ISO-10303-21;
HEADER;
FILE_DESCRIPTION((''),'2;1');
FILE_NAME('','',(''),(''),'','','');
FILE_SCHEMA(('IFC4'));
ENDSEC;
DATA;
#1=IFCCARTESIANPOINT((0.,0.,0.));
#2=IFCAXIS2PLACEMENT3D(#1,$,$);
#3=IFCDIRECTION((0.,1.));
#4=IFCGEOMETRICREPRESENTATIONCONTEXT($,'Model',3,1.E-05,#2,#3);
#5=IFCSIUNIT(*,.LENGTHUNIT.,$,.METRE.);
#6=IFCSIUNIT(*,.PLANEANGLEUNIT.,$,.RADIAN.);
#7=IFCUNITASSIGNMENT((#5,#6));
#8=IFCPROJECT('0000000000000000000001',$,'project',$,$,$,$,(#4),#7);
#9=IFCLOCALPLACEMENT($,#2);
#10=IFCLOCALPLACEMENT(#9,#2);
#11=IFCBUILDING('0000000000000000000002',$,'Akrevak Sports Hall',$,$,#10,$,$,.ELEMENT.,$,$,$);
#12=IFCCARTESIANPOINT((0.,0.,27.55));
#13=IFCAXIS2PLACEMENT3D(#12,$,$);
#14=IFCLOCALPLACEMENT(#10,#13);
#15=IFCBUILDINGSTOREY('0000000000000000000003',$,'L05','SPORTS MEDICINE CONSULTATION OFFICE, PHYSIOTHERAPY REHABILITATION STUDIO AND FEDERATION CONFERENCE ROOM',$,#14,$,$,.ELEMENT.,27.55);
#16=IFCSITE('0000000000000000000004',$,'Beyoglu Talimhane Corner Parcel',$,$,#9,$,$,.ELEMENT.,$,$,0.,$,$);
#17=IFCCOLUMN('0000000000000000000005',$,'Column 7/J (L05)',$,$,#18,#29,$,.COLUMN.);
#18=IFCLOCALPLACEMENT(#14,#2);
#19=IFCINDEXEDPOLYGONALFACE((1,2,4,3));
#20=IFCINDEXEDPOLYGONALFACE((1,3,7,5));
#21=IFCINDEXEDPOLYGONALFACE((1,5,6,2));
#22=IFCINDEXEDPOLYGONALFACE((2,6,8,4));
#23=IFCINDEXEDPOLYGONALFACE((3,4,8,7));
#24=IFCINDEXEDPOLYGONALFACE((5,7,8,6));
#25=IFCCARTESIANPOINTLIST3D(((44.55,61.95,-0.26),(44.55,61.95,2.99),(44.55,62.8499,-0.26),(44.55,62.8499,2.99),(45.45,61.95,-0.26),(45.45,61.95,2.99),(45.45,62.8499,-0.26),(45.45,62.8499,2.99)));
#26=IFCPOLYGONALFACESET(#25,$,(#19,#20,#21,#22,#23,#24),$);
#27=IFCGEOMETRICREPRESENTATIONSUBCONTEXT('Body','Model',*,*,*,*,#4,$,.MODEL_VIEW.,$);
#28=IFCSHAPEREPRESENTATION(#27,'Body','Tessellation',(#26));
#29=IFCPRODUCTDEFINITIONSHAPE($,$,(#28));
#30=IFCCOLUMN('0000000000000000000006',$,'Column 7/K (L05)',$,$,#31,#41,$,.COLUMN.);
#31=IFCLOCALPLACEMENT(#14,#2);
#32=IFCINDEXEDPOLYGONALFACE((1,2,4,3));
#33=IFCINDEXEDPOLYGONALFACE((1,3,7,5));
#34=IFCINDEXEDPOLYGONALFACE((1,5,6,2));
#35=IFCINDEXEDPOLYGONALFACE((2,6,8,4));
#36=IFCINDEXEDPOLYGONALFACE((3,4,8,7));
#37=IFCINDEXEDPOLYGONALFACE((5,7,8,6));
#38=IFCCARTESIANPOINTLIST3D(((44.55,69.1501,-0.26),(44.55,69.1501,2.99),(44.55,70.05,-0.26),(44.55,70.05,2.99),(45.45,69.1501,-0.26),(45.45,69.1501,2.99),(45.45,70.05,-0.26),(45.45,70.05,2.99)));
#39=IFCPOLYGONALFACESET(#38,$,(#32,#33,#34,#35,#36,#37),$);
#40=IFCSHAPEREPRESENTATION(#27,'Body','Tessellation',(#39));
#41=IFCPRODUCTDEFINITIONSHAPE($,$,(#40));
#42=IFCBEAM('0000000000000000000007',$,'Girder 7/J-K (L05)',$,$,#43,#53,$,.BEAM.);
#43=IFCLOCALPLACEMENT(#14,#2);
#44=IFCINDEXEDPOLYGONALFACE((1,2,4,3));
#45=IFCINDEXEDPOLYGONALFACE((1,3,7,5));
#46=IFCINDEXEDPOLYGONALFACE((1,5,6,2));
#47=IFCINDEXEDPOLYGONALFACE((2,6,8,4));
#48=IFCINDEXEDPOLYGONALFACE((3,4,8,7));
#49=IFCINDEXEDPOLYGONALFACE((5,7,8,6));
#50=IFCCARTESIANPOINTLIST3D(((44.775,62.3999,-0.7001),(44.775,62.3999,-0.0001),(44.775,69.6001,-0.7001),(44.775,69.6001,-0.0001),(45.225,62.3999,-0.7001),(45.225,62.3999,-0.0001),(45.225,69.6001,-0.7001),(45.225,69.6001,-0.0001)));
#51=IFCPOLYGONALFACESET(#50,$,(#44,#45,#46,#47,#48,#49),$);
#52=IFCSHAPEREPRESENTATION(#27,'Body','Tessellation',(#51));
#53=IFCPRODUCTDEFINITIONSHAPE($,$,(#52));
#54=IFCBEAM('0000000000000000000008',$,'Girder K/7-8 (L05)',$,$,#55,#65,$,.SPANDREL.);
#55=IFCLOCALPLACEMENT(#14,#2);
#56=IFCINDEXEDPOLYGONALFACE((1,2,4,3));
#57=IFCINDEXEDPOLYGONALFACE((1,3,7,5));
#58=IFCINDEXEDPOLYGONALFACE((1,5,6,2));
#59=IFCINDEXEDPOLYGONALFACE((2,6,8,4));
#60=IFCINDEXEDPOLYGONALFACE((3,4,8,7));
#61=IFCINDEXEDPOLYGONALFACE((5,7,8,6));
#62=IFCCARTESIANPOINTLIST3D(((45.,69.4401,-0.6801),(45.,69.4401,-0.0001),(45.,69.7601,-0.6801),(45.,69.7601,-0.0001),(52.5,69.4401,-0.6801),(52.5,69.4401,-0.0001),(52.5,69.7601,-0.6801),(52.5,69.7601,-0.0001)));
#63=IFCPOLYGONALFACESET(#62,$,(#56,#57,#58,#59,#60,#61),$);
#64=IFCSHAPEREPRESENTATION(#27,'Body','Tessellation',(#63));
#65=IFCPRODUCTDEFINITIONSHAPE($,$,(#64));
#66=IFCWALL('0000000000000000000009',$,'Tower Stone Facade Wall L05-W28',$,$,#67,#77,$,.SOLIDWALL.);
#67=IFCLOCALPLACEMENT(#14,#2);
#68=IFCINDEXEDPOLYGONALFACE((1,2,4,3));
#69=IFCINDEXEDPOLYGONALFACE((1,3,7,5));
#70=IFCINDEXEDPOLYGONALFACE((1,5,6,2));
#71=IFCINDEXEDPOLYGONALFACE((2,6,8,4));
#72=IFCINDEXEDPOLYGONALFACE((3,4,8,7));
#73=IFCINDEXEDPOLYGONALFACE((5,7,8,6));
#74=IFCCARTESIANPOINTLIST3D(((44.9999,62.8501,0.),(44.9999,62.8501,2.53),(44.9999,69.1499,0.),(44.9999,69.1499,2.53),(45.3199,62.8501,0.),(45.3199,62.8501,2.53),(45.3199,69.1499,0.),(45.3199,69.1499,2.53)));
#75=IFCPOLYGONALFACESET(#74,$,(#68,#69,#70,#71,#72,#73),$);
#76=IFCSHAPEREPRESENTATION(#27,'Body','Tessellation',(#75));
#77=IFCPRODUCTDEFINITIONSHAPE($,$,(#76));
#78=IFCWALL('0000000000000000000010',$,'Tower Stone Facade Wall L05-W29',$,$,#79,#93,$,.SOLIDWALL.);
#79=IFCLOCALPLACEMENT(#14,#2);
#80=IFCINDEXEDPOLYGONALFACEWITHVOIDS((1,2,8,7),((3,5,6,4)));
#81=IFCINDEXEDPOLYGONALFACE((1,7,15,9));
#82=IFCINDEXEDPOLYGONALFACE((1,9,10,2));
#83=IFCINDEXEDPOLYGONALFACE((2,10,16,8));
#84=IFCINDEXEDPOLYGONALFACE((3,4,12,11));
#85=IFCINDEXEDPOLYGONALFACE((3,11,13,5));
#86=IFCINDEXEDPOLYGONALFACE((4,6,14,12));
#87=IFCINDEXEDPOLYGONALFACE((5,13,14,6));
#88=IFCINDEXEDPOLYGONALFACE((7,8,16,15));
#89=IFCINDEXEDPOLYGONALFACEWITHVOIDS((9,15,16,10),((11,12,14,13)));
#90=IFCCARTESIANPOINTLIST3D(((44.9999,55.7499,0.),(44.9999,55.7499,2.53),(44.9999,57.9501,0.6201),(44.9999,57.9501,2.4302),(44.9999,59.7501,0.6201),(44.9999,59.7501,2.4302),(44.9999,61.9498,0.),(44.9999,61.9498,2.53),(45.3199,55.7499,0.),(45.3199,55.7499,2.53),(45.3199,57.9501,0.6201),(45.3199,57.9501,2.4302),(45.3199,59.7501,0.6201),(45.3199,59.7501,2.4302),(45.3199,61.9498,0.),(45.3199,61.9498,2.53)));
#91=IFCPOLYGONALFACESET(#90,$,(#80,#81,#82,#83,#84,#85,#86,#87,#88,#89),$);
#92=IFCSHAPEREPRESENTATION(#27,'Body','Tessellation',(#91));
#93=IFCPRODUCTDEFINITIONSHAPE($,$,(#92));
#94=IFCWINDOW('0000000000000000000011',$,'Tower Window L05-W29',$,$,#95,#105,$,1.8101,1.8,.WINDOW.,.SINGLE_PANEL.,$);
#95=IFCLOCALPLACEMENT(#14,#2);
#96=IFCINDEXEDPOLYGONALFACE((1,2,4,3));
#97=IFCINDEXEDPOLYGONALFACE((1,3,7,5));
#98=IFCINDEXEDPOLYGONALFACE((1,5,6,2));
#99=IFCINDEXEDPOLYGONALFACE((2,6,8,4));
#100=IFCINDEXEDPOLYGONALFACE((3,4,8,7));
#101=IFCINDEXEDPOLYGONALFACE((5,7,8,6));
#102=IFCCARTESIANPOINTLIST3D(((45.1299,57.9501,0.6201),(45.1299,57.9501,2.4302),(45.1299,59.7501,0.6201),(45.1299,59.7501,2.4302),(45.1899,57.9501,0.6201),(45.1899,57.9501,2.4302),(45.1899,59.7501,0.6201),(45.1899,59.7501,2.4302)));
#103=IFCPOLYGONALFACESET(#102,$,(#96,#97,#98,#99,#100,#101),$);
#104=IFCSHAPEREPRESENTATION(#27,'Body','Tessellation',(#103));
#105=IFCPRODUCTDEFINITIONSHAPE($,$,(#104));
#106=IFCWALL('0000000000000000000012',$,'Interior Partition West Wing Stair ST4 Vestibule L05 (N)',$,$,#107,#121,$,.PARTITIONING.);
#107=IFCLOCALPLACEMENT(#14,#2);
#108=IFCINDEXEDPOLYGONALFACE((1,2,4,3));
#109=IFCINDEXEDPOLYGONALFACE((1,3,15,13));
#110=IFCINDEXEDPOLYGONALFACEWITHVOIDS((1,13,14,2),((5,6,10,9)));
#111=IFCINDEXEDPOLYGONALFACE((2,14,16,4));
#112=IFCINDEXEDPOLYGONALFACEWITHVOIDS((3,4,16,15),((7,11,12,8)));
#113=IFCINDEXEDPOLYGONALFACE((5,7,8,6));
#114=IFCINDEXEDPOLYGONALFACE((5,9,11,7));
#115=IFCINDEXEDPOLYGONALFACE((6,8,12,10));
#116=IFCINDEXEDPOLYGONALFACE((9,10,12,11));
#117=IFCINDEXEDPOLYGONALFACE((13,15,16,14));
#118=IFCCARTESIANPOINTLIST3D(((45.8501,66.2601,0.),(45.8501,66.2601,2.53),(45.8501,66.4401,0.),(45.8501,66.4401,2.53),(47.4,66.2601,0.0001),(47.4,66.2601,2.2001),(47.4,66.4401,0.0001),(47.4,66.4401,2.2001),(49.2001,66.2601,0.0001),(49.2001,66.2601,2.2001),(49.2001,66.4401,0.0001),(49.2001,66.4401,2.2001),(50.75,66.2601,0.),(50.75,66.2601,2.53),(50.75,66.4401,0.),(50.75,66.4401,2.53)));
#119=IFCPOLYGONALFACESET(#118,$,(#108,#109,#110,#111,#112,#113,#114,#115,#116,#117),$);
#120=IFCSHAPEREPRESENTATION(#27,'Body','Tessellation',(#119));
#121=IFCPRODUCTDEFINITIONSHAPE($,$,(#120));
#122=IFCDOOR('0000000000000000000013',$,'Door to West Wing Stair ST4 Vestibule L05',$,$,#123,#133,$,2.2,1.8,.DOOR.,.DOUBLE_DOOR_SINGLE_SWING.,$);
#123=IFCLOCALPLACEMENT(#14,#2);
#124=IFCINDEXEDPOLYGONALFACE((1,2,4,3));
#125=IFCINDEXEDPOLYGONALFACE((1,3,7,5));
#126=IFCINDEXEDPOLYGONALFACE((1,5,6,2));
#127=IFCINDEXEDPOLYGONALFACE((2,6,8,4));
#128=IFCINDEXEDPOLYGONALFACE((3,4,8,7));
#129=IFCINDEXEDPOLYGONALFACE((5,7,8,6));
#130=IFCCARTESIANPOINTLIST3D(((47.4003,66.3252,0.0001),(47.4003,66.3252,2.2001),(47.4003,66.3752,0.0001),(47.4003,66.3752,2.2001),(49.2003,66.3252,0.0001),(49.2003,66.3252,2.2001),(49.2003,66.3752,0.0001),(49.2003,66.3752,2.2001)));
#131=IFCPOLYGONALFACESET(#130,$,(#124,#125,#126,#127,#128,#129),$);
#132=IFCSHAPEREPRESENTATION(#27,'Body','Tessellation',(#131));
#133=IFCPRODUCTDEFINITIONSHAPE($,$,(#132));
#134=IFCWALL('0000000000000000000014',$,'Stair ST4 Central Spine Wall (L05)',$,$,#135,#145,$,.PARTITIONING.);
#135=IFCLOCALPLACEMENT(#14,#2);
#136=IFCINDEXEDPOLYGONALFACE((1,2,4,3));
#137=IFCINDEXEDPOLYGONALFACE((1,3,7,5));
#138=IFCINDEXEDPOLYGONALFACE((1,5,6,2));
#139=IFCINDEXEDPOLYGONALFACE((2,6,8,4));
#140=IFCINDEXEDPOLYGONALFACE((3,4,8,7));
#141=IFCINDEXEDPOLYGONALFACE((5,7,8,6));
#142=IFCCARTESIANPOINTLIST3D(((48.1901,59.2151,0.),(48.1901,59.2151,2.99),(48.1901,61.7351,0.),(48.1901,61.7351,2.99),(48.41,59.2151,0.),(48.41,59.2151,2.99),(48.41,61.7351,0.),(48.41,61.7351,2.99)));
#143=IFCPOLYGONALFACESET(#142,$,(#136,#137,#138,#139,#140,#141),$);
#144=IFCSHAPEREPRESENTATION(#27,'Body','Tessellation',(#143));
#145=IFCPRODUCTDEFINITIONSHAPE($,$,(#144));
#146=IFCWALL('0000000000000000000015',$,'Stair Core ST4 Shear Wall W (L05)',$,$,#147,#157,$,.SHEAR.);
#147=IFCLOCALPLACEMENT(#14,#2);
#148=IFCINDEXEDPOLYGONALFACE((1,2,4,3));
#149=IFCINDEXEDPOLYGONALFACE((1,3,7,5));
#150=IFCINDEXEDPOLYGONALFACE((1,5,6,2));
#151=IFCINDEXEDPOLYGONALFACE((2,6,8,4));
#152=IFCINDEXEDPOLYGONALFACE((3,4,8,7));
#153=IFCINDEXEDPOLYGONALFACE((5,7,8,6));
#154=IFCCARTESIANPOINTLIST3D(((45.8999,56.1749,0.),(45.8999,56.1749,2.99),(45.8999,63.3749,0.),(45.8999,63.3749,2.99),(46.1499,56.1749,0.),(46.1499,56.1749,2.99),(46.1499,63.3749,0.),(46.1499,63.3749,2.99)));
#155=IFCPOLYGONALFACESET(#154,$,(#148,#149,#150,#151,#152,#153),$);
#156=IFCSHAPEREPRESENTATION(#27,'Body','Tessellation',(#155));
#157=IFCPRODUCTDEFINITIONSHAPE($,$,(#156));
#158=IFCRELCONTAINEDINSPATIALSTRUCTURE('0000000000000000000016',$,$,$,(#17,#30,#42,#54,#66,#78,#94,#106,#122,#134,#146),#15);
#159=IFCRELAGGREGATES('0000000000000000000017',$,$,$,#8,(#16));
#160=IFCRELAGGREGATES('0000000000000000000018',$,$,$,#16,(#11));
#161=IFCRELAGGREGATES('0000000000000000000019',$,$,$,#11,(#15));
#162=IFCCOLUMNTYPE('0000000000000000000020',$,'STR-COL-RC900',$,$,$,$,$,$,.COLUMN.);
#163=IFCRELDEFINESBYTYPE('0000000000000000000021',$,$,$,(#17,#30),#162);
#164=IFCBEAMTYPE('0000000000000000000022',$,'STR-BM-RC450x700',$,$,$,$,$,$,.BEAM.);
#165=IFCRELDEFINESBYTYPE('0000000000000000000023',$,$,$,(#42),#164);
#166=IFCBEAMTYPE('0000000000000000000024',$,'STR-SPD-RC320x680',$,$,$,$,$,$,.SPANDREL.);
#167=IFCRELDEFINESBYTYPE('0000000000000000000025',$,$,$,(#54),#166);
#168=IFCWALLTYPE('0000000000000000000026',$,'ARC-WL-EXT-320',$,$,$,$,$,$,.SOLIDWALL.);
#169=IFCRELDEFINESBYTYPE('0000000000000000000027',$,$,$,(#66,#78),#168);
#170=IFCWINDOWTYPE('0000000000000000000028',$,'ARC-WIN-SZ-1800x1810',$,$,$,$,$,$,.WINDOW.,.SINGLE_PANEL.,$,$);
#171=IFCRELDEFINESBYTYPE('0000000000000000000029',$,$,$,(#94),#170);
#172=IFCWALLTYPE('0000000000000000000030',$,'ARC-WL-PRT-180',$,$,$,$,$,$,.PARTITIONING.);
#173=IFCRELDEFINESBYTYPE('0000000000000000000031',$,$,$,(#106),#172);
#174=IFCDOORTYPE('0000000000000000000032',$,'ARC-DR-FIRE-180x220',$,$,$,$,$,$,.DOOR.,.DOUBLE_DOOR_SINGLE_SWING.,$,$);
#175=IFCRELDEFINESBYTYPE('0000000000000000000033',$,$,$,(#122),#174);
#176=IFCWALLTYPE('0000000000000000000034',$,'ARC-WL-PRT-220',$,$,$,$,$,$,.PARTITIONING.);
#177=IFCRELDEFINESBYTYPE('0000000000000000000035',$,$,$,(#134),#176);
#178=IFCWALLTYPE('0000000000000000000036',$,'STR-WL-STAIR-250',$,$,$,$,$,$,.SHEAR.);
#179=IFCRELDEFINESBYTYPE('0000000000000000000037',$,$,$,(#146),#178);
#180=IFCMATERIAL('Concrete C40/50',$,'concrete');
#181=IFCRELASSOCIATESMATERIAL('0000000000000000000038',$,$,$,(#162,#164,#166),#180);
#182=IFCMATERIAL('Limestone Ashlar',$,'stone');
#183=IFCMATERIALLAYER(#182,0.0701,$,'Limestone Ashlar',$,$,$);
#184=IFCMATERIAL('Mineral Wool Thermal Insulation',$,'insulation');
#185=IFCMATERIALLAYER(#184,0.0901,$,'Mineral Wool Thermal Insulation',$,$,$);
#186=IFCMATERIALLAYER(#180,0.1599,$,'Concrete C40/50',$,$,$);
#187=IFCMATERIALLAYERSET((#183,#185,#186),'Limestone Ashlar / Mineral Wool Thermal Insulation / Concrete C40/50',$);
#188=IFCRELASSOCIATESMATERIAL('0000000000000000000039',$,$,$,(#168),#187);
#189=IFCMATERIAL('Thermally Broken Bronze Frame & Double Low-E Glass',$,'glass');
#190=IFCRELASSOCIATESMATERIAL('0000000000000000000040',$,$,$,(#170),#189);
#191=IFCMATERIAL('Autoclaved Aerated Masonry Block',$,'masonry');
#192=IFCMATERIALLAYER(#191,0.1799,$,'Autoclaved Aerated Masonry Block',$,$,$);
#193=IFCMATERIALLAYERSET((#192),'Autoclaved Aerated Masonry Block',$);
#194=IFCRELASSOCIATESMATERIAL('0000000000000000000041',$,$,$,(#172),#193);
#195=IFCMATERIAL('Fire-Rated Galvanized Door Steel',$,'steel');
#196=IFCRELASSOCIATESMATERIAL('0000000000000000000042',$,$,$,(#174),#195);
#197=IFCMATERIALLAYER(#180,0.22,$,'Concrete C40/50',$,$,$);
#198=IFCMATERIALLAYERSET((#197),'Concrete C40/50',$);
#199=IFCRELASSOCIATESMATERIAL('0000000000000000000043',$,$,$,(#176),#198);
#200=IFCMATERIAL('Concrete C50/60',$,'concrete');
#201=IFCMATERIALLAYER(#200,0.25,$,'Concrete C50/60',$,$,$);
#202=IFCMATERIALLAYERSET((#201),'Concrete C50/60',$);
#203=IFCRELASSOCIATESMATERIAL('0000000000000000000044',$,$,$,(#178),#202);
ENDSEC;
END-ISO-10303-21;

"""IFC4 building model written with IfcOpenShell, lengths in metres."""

from ifc_helpers import new_model, si_unit, direction, frame, frame_2d, origin, origin_2d, place, context, subcontext, project, spatial, rectangle, extrude, material, layer, layer_set, material_profile, profile_set, type_object, element, fill, save


model = new_model("IFC4")

# Units and contexts
model_context = context("Model", 3, precision=1e-05, world=origin(), true_north=direction((0.0, 1.0)))
body_context = subcontext(model_context, "Body", "Model", "MODEL_VIEW")
ifc_project = project(units=[si_unit("LENGTHUNIT", "METRE"), si_unit("PLANEANGLEUNIT", "RADIAN")], contexts=[model_context])

# Site, building, storey
site_placement = place(None, origin())
site = spatial("IfcSite", under=ifc_project, at=site_placement, Name="Beyoglu Talimhane Corner Parcel", CompositionType="ELEMENT", RefElevation=0.0)
building_placement = place(site_placement, origin())
building = spatial("IfcBuilding", under=site, at=building_placement, Name="Akrevak Sports Hall", CompositionType="ELEMENT")
storey_placement = place(building_placement, frame((0.0, 0.0, 27.55)))
storey = spatial("IfcBuildingStorey", under=building, at=storey_placement, Name="L05", Description="SPORTS MEDICINE CONSULTATION OFFICE, PHYSIOTHERAPY REHABILITATION STUDIO AND FEDERATION CONFERENCE ROOM", CompositionType="ELEMENT", Elevation=27.55)

# Columns
ifc_material_1 = material(Name="Concrete C40/50", Category="concrete")
ifc_material_profile_1 = material_profile(ifc_material_1, rectangle(XDim=0.8999, YDim=0.8999, at=origin_2d()), Name="RC 900x900", Category="concrete")
ifc_profile_set_1 = profile_set([ifc_material_profile_1], Name="Concrete C40/50")
column_type = type_object("IfcColumnType", Name="STR-COL-RC900", PredefinedType="COLUMN", material=ifc_profile_set_1)
for number, where, z_axis, x_axis, name in (
    (1, (45.0, 62.3999, -0.26), (0.0, 0.0, 1.0), (1.0, 0.0, 0.0), "Column 7/J (L05)"),
    (2, (45.0, 69.6001, -0.26), (0.0, 0.0, 1.0), (1.0, 0.0, 0.0), "Column 7/K (L05)"),
):
    element("IfcColumn", number, at=place(storey_placement, frame(where, z_axis=z_axis, x_axis=x_axis)), inside=storey, type_object=column_type, Name=name, PredefinedType="COLUMN", context=body_context, shape_type="SweptSolid", body=[
        extrude(rectangle(XDim=0.8999, YDim=0.8999, at=origin_2d()), origin(), (0.0, 0.0, 1.0), 3.25),
    ])

# Beams
ifc_material_profile_2 = material_profile(ifc_material_1, rectangle(XDim=0.45, YDim=0.7, at=origin_2d()), Name="BM 450x700", Category="concrete")
ifc_profile_set_2 = profile_set([ifc_material_profile_2], Name="Concrete C40/50")
beam_type_1 = type_object("IfcBeamType", Name="STR-BM-RC450x700", PredefinedType="BEAM", material=ifc_profile_set_2)
beam_1_placement = place(storey_placement, frame((45.0, 62.3999, -0.3501), z_axis=(0.0, 1.0, 0.0), x_axis=(-1.0, 0.0, 0.0)))
element("IfcBeam", 3, at=beam_1_placement, inside=storey, type_object=beam_type_1, Name="Girder 7/J-K (L05)", PredefinedType="BEAM", context=body_context, shape_type="SweptSolid", body=[
    extrude(rectangle(XDim=0.45, YDim=0.7, at=origin_2d()), origin(), (0.0, 0.0, 1.0), 7.2002),
])
ifc_material_profile_3 = material_profile(ifc_material_1, rectangle(XDim=0.3201, YDim=0.6799, at=origin_2d()), Name="SPD 320x680", Category="concrete")
ifc_profile_set_3 = profile_set([ifc_material_profile_3], Name="Concrete C40/50")
beam_type_2 = type_object("IfcBeamType", Name="STR-SPD-RC320x680", PredefinedType="SPANDREL", material=ifc_profile_set_3)
beam_2_placement = place(storey_placement, frame((45.0, 69.6001, -0.3401), z_axis=(1.0, 0.0, 0.0), x_axis=(0.0, 1.0, 0.0)))
element("IfcBeam", 4, at=beam_2_placement, inside=storey, type_object=beam_type_2, Name="Girder K/7-8 (L05)", PredefinedType="SPANDREL", context=body_context, shape_type="SweptSolid", body=[
    extrude(rectangle(XDim=0.3201, YDim=0.6799, at=origin_2d()), origin(), (0.0, 0.0, 1.0), 7.5),
])

# Wall
ifc_material_2 = material(Name="Limestone Ashlar", Category="stone")
ifc_layer_1 = layer(ifc_material_2, 0.0701, Name="Limestone Ashlar")
ifc_material_3 = material(Name="Mineral Wool Thermal Insulation", Category="insulation")
ifc_layer_2 = layer(ifc_material_3, 0.0901, Name="Mineral Wool Thermal Insulation")
ifc_layer_3 = layer(ifc_material_1, 0.1599, Name="Concrete C40/50")
ifc_layer_set_1 = layer_set([ifc_layer_1, ifc_layer_2, ifc_layer_3], Name="Limestone Ashlar / Mineral Wool Thermal Insulation / Concrete C40/50")
wall_type_1 = type_object("IfcWallType", Name="ARC-WL-EXT-320", PredefinedType="SOLIDWALL", material=ifc_layer_set_1)
wall_1_placement = place(storey_placement, frame((45.1599, 69.1499, 0.0), z_axis=(0.0, 0.0, 1.0), x_axis=(0.0, -1.0, 0.0)))
element("IfcWall", 5, at=wall_1_placement, inside=storey, type_object=wall_type_1, Name="Tower Stone Facade Wall L05-W28", PredefinedType="SOLIDWALL", context=body_context, shape_type="SweptSolid", body=[
    extrude(rectangle(XDim=6.2998, YDim=0.3201, at=frame_2d((3.1499, 0.0))), origin(), (0.0, 0.0, 1.0), 2.53),
])

# Wall, opening, window
wall_2_placement = place(storey_placement, frame((45.1599, 61.95, 0.0), z_axis=(0.0, 0.0, 1.0), x_axis=(0.0, -1.0, 0.0)))
wall_2 = element("IfcWall", 6, at=wall_2_placement, inside=storey, type_object=wall_type_1, Name="Tower Stone Facade Wall L05-W29", PredefinedType="SOLIDWALL", context=body_context, shape_type="SweptSolid", body=[
    extrude(rectangle(XDim=6.2, YDim=0.3201, at=frame_2d((3.1001, 0.0))), origin(), (0.0, 0.0, 1.0), 2.53),
])
opening_1_placement = place(wall_2_placement, frame((2.2, 0.0, 0.6201)))
opening_1 = element("IfcOpeningElement", 7, at=opening_1_placement, cuts=wall_2, PredefinedType="OPENING", context=body_context, shape_type="SweptSolid", body=[
    extrude(rectangle(XDim=1.8, YDim=1.8101, at=frame_2d((0.8999, 0.905))), frame((0.0, 0.1719, 0.0), z_axis=(0.0, -1.0, 0.0), x_axis=(1.0, 0.0, 0.0)), (0.0, 0.0, 1.0), 0.344),
])
ifc_material_4 = material(Name="Thermally Broken Bronze Frame & Double Low-E Glass", Category="glass")
window_type = type_object("IfcWindowType", Name="ARC-WIN-SZ-1800x1810", PartitioningType="SINGLE_PANEL", PredefinedType="WINDOW", material=ifc_material_4)
window_placement = place(opening_1_placement, origin())
window = element("IfcWindow", 8, at=window_placement, inside=storey, type_object=window_type, Name="Tower Window L05-W29", OverallHeight=1.8101, OverallWidth=1.8, PartitioningType="SINGLE_PANEL", PredefinedType="WINDOW", context=body_context, shape_type="SweptSolid", body=[
    extrude(rectangle(XDim=1.8, YDim=1.8101, at=frame_2d((0.8999, 0.905))), frame((0.0, 0.03, 0.0), z_axis=(0.0, -1.0, 0.0), x_axis=(1.0, 0.0, 0.0)), (0.0, 0.0, 1.0), 0.0601),
])
fill(opening_1, window)

# Wall, opening, door
ifc_material_5 = material(Name="Autoclaved Aerated Masonry Block", Category="masonry")
ifc_layer_4 = layer(ifc_material_5, 0.1799, Name="Autoclaved Aerated Masonry Block")
ifc_layer_set_2 = layer_set([ifc_layer_4], Name="Autoclaved Aerated Masonry Block")
wall_type_2 = type_object("IfcWallType", Name="ARC-WL-PRT-180", PredefinedType="PARTITIONING", material=ifc_layer_set_2)
wall_3_placement = place(storey_placement, frame((45.8501, 66.3501, 0.0), z_axis=(0.0, 0.0, 1.0), x_axis=(1.0, 0.0, 0.0)))
wall_3 = element("IfcWall", 9, at=wall_3_placement, inside=storey, type_object=wall_type_2, Name="Interior Partition West Wing Stair ST4 Vestibule L05 (N)", PredefinedType="PARTITIONING", context=body_context, shape_type="SweptSolid", body=[
    extrude(rectangle(XDim=4.8999, YDim=0.1799, at=frame_2d((2.45, 0.0))), origin(), (0.0, 0.0, 1.0), 2.53),
])
opening_2_placement = place(wall_3_placement, frame((1.55, 0.0, 0.0)))
opening_2 = element("IfcOpeningElement", 10, at=opening_2_placement, cuts=wall_3, PredefinedType="OPENING", context=body_context, shape_type="SweptSolid", body=[
    extrude(rectangle(XDim=1.8, YDim=2.2, at=frame_2d((0.8999, 1.1001))), frame((0.0, 0.1021, 0.0), z_axis=(0.0, -1.0, 0.0), x_axis=(1.0, 0.0, 0.0)), (0.0, 0.0, 1.0), 0.2039),
])
ifc_material_6 = material(Name="Fire-Rated Galvanized Door Steel", Category="steel")
door_type = type_object("IfcDoorType", Name="ARC-DR-FIRE-180x220", OperationType="DOUBLE_DOOR_SINGLE_SWING", PredefinedType="DOOR", material=ifc_material_6)
door_placement = place(opening_2_placement, frame((1.8, 0.0, 0.0), z_axis=(0.0, 0.0, 1.0), x_axis=(-1.0, 0.0, 0.0)))
door = element("IfcDoor", 11, at=door_placement, inside=storey, type_object=door_type, Name="Door to West Wing Stair ST4 Vestibule L05", OperationType="DOUBLE_DOOR_SINGLE_SWING", OverallHeight=2.2, OverallWidth=1.8, PredefinedType="DOOR", context=body_context, shape_type="SweptSolid", body=[
    extrude(rectangle(XDim=1.8, YDim=2.2, at=frame_2d((0.8999, 1.1001))), frame((0.0, 0.0249, 0.0), z_axis=(0.0, -1.0, 0.0), x_axis=(1.0, 0.0, 0.0)), (0.0, 0.0, 1.0), 0.05),
])
fill(opening_2, door)

# Walls
ifc_layer_5 = layer(ifc_material_1, 0.22, Name="Concrete C40/50")
ifc_layer_set_3 = layer_set([ifc_layer_5], Name="Concrete C40/50")
wall_type_3 = type_object("IfcWallType", Name="ARC-WL-PRT-220", PredefinedType="PARTITIONING", material=ifc_layer_set_3)
wall_4_placement = place(storey_placement, frame((48.3, 59.2151, 0.0), z_axis=(0.0, 0.0, 1.0), x_axis=(0.0, 1.0, 0.0)))
element("IfcWall", 12, at=wall_4_placement, inside=storey, type_object=wall_type_3, Name="Stair ST4 Central Spine Wall (L05)", PredefinedType="PARTITIONING", context=body_context, shape_type="SweptSolid", body=[
    extrude(rectangle(XDim=2.52, YDim=0.22, at=frame_2d((1.26, 0.0))), origin(), (0.0, 0.0, 1.0), 2.99),
])
ifc_material_7 = material(Name="Concrete C50/60", Category="concrete")
ifc_layer_6 = layer(ifc_material_7, 0.25, Name="Concrete C50/60")
ifc_layer_set_4 = layer_set([ifc_layer_6], Name="Concrete C50/60")
wall_type_4 = type_object("IfcWallType", Name="STR-WL-STAIR-250", PredefinedType="SHEAR", material=ifc_layer_set_4)
wall_5_placement = place(storey_placement, frame((46.0249, 63.375, 0.0), z_axis=(0.0, 0.0, 1.0), x_axis=(0.0, -1.0, 0.0)))
element("IfcWall", 13, at=wall_5_placement, inside=storey, type_object=wall_type_4, Name="Stair Core ST4 Shear Wall W (L05)", PredefinedType="SHEAR", context=body_context, shape_type="SweptSolid", body=[
    extrude(rectangle(XDim=7.2, YDim=0.25, at=frame_2d((3.6001, 0.0))), origin(), (0.0, 0.0, 1.0), 2.99),
])

save(model, "model.ifc")
